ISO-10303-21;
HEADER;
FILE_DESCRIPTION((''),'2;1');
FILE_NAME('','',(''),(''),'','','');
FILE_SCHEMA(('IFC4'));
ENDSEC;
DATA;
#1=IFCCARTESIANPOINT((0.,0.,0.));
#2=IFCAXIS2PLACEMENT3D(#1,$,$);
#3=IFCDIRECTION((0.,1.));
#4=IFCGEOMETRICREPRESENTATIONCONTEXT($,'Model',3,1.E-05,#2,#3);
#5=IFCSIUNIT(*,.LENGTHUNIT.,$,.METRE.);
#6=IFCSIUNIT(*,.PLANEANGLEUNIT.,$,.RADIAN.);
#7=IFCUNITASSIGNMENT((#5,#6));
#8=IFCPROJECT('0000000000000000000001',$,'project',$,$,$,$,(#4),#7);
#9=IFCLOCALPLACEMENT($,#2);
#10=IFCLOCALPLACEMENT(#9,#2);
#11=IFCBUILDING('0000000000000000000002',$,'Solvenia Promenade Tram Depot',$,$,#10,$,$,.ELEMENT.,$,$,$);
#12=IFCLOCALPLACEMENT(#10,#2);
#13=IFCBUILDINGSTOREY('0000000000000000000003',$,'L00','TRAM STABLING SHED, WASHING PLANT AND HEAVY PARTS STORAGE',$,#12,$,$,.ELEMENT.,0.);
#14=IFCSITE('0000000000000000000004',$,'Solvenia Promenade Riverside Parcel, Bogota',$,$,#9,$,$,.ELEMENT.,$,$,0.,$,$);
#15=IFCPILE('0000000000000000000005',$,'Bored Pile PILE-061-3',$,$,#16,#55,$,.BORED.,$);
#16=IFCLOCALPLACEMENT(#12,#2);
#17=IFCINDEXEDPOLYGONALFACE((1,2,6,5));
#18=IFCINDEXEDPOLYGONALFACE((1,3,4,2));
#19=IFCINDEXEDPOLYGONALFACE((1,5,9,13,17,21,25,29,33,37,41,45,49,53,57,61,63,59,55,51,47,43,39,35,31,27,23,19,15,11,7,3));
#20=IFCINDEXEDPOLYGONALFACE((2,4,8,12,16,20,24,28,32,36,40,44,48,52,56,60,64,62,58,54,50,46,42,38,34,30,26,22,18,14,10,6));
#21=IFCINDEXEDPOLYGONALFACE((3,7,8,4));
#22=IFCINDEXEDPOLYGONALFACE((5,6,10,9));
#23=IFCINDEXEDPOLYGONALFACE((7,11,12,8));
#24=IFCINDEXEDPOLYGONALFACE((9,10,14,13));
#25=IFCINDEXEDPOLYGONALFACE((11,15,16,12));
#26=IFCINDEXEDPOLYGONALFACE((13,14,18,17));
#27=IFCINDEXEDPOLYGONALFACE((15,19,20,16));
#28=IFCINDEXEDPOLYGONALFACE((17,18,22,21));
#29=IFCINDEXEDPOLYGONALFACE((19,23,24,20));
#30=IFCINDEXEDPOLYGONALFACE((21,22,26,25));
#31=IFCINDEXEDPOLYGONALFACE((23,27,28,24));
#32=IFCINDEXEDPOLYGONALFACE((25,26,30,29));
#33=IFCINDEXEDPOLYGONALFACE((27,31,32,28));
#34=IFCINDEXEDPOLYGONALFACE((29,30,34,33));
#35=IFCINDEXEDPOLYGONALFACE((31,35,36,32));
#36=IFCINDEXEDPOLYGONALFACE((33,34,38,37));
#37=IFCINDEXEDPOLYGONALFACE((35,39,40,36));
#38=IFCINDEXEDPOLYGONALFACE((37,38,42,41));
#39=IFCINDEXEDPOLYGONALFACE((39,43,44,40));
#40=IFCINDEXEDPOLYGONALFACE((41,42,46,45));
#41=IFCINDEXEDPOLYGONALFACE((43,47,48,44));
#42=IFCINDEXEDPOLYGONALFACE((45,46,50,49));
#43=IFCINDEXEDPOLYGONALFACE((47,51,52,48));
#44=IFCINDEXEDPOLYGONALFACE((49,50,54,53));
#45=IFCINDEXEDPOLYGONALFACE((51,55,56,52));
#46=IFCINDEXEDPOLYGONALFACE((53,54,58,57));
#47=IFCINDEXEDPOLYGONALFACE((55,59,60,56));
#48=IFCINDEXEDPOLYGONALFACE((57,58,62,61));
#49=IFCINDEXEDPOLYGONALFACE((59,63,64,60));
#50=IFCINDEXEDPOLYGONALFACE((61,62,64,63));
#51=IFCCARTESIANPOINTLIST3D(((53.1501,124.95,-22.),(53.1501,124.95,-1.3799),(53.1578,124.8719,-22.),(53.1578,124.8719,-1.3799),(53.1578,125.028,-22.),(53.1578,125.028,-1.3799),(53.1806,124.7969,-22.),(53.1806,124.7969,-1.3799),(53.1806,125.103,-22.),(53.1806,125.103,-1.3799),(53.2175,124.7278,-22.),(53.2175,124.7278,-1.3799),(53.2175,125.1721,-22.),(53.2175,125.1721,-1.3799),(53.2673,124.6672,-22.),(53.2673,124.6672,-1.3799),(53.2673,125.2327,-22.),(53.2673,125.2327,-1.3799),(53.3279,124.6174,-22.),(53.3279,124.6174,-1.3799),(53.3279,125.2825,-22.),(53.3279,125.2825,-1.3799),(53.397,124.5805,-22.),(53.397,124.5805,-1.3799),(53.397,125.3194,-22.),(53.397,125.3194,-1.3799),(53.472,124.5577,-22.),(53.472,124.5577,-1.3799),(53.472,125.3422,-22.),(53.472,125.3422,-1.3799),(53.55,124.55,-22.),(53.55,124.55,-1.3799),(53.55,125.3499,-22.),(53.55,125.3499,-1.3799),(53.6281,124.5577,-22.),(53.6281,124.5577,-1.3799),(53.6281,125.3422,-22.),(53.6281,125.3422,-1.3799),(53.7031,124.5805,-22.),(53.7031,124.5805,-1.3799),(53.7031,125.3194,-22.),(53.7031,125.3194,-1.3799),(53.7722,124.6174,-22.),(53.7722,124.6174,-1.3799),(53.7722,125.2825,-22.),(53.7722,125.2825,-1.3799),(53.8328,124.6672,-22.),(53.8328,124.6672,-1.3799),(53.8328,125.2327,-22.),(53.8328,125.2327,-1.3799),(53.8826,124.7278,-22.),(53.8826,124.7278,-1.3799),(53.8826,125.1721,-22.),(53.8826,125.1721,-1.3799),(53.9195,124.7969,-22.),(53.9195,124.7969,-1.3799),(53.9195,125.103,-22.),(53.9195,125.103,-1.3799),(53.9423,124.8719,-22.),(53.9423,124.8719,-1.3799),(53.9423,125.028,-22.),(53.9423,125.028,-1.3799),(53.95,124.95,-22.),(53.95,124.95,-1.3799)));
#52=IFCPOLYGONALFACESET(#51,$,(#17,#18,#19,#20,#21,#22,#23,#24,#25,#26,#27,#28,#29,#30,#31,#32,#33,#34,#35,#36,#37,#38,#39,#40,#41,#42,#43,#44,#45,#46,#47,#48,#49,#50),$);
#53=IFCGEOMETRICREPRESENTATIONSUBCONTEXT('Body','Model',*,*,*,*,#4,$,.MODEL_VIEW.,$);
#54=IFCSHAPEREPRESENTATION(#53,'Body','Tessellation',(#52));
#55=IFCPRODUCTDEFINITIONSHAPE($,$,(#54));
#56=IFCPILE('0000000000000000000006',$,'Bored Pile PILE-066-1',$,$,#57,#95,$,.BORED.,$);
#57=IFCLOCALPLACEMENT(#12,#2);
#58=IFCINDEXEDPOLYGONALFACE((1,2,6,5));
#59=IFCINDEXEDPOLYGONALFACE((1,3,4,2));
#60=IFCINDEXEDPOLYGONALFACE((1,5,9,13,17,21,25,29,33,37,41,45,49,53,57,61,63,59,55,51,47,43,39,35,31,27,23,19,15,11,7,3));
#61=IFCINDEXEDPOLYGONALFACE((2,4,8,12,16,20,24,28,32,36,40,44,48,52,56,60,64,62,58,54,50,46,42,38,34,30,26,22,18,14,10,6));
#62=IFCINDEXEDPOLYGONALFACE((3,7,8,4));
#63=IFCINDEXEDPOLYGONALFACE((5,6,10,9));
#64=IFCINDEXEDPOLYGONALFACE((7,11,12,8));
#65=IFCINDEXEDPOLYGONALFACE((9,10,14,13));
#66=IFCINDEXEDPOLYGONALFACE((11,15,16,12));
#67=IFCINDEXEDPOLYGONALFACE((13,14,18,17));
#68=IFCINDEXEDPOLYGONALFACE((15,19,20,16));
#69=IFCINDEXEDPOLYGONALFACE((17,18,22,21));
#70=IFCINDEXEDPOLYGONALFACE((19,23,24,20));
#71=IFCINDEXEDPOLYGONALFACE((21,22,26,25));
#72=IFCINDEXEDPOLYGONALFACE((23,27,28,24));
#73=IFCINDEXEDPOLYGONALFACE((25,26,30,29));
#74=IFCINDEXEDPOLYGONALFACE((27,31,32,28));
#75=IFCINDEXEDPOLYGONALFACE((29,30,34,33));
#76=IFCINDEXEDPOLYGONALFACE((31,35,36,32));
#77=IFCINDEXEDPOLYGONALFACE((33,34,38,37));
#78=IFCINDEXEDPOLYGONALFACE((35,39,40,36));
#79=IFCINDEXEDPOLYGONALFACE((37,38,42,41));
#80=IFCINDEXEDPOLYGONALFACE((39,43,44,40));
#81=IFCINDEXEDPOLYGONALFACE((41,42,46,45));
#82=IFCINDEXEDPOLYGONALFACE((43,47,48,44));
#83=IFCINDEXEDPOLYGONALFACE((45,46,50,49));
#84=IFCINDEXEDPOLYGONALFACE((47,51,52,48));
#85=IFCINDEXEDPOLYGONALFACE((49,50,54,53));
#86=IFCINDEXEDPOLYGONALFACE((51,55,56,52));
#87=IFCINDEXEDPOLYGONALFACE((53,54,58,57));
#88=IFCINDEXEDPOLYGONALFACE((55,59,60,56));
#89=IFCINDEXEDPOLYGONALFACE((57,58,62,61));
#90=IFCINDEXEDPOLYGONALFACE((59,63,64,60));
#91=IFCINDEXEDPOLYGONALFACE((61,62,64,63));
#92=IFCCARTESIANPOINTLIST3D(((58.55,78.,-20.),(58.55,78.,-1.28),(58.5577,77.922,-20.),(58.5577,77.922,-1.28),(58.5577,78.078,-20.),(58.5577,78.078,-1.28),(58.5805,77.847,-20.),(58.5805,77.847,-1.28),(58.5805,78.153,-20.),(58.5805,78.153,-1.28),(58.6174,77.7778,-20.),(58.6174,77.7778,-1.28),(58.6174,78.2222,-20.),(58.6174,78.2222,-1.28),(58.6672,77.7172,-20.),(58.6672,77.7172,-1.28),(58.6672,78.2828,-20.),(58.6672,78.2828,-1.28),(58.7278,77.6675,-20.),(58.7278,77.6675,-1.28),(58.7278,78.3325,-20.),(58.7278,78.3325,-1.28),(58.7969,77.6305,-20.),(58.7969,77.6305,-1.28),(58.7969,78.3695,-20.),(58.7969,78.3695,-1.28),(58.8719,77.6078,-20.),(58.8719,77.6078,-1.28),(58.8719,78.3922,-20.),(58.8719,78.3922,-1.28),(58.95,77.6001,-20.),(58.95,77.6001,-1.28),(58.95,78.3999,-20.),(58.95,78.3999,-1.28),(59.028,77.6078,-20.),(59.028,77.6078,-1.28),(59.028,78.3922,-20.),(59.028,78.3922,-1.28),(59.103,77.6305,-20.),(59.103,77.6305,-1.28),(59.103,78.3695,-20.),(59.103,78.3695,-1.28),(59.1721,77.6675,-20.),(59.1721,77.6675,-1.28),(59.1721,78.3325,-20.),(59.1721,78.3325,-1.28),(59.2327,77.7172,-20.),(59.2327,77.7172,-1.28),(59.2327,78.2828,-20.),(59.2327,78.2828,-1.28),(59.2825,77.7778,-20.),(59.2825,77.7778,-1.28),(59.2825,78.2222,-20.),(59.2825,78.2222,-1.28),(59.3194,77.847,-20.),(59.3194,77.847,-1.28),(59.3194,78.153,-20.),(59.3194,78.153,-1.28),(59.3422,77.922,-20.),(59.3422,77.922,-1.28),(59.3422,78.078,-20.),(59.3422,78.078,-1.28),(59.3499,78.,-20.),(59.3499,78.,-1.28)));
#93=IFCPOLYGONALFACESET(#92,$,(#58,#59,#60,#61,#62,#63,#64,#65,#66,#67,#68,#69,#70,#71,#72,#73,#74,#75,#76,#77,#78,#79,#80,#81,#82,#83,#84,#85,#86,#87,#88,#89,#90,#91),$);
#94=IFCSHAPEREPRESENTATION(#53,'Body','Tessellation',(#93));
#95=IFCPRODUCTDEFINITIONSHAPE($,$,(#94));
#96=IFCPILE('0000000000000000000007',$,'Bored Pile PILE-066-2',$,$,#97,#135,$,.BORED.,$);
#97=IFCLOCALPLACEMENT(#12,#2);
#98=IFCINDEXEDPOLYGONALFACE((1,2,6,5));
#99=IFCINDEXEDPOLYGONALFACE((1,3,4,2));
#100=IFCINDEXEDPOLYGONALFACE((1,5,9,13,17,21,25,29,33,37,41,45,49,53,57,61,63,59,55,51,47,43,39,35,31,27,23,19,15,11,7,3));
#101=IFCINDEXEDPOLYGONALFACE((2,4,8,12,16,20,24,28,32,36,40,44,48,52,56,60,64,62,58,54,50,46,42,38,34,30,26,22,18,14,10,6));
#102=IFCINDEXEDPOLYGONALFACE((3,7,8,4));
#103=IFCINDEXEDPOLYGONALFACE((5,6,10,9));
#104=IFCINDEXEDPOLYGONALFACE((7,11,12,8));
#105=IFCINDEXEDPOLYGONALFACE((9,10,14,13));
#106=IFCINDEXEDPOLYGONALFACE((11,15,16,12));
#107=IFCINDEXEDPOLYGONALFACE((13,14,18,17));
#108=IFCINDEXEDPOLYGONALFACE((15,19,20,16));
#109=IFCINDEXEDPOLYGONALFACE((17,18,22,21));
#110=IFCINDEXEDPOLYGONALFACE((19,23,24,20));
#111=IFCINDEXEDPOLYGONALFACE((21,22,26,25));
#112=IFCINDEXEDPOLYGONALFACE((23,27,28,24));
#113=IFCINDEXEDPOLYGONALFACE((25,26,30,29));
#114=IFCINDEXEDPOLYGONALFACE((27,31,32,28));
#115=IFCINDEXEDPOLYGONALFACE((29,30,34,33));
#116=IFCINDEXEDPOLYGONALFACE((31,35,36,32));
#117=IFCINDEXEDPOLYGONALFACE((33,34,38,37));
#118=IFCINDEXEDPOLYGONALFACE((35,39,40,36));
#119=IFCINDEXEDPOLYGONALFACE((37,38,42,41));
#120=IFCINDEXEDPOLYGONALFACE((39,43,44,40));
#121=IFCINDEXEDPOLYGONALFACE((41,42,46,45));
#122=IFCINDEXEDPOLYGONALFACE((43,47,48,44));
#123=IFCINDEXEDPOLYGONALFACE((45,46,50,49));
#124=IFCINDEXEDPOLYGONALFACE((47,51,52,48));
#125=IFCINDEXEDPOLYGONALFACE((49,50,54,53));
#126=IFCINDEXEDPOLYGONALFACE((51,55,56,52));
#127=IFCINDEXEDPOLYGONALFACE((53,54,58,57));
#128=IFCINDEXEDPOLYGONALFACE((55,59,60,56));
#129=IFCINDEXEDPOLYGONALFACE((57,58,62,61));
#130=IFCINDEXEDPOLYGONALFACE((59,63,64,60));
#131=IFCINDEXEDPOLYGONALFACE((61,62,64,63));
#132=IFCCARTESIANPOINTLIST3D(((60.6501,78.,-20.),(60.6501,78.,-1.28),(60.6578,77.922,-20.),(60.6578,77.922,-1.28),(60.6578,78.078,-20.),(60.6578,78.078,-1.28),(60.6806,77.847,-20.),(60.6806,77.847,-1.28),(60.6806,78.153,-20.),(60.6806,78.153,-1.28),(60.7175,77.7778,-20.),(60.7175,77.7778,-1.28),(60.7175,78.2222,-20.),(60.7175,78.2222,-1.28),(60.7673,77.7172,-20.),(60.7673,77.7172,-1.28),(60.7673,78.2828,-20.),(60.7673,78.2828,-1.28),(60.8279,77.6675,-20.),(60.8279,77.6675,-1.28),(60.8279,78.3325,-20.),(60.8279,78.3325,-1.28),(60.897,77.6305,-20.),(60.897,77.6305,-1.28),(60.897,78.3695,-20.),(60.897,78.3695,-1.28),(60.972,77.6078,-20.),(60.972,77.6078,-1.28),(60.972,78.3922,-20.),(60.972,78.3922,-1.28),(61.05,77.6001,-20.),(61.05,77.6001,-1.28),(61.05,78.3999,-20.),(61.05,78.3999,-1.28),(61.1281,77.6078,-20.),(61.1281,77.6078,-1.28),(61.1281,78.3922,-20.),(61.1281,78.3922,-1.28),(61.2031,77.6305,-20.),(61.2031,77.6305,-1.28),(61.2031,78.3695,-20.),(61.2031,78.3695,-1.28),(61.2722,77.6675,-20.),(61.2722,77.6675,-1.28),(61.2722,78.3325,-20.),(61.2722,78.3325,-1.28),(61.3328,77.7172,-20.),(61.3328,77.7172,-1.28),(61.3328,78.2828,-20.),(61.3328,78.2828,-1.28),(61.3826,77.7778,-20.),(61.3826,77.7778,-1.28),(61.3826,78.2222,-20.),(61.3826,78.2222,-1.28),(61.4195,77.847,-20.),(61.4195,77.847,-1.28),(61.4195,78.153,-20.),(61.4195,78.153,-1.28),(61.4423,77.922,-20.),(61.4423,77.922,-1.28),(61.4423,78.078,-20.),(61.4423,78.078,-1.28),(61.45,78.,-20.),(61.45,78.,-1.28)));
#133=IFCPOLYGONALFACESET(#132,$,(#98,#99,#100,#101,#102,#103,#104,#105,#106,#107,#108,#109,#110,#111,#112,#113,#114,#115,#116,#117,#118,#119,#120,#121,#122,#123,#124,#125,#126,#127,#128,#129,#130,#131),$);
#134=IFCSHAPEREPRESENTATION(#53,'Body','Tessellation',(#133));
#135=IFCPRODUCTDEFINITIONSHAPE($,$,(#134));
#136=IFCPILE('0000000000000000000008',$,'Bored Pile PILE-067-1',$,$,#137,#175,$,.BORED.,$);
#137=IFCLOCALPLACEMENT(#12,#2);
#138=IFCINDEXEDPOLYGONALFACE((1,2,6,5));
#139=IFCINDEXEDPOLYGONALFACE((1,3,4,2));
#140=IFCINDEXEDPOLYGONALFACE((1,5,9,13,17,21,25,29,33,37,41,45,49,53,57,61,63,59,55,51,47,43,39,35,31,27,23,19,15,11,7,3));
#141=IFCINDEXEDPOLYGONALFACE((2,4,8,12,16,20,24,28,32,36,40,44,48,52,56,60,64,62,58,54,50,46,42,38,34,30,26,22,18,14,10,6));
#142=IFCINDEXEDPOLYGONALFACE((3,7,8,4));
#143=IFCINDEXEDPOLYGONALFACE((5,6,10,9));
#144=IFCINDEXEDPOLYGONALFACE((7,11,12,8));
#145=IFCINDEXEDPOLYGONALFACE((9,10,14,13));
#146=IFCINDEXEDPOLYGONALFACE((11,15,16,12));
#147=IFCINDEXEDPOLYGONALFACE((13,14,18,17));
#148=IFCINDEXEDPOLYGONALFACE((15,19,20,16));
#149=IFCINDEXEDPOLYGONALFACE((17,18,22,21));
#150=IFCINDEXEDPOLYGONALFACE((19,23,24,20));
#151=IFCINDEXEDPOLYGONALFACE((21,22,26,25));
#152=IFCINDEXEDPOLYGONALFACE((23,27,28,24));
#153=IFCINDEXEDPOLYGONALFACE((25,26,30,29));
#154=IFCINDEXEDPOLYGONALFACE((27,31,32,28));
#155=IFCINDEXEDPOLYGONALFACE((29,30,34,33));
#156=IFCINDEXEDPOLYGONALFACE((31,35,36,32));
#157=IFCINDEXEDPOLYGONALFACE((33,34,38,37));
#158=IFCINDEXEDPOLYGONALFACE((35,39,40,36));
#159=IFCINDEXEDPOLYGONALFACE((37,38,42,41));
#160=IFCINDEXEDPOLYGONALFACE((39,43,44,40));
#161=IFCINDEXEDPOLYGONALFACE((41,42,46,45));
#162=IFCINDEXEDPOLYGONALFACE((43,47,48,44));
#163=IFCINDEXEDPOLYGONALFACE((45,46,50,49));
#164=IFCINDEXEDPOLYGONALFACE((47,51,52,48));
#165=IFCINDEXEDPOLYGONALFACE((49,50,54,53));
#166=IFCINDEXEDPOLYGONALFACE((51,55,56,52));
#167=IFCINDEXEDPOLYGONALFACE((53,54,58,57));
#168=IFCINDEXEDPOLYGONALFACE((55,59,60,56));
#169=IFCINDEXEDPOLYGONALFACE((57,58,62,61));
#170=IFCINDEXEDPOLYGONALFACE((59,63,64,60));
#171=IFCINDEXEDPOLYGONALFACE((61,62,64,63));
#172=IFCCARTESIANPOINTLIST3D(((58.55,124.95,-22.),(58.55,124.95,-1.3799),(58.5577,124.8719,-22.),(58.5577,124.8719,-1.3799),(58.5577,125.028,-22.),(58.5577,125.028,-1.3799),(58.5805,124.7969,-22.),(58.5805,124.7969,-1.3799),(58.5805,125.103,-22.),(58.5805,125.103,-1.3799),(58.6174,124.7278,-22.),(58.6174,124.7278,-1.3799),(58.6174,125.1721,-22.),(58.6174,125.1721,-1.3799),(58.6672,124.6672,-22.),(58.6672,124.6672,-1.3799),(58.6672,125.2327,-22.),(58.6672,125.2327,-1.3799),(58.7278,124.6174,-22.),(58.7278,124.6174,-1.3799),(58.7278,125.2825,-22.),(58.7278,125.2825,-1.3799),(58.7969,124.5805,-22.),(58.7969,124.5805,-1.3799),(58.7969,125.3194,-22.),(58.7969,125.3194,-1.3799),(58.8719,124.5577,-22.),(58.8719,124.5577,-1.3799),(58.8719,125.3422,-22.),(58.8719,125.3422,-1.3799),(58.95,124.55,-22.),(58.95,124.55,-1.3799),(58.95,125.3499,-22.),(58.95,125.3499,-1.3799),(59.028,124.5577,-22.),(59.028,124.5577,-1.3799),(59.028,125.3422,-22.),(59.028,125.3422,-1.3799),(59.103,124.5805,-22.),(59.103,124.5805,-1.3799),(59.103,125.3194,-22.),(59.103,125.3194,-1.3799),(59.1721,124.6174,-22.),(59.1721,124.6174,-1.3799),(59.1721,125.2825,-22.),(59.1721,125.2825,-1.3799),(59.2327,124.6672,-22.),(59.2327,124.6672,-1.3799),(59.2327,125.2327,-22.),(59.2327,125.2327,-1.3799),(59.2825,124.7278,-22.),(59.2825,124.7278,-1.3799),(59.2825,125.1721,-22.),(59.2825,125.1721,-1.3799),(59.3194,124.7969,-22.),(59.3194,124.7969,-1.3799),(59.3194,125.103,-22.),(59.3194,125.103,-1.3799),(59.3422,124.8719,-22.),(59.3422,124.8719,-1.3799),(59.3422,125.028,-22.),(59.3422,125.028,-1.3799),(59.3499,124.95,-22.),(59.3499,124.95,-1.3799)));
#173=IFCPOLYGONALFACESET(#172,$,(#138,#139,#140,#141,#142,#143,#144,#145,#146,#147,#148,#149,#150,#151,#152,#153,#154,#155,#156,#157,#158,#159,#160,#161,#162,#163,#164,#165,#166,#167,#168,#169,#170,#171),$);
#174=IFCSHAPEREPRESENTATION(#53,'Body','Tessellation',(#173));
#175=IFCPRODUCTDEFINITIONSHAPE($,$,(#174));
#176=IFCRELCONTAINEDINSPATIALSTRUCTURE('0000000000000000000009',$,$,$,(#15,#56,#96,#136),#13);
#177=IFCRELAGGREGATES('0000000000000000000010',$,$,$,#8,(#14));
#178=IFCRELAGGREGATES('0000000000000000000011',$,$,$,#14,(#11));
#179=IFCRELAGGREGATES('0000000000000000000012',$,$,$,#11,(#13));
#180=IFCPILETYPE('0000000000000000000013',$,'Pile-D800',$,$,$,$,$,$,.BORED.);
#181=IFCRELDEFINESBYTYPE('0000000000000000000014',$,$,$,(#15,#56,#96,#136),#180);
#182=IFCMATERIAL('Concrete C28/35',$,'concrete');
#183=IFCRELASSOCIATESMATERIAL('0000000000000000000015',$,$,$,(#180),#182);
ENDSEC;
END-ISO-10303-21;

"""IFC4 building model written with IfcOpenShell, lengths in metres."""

from ifc_helpers import new_model, si_unit, direction, frame, origin, origin_2d, place, context, subcontext, project, spatial, circle, extrude, material, material_profile, profile_set, type_object, element, save


model = new_model("IFC4")

# Units and contexts
model_context = context("Model", 3, precision=1e-05, world=origin(), true_north=direction((0.0, 1.0)))
body_context = subcontext(model_context, "Body", "Model", "MODEL_VIEW")
ifc_project = project(units=[si_unit("LENGTHUNIT", "METRE"), si_unit("PLANEANGLEUNIT", "RADIAN")], contexts=[model_context])

# Site, building, storey
site_placement = place(None, origin())
site = spatial("IfcSite", under=ifc_project, at=site_placement, Name="Solvenia Promenade Riverside Parcel, Bogota", CompositionType="ELEMENT", RefElevation=0.0)
building_placement = place(site_placement, origin())
building = spatial("IfcBuilding", under=site, at=building_placement, Name="Solvenia Promenade Tram Depot", CompositionType="ELEMENT")
storey_placement = place(building_placement, origin())
storey = spatial("IfcBuildingStorey", under=building, at=storey_placement, Name="L00", Description="TRAM STABLING SHED, WASHING PLANT AND HEAVY PARTS STORAGE", CompositionType="ELEMENT", Elevation=0.0)

# Shared definitions
ifc_material_1 = material(Name="Concrete C28/35", Category="concrete")

# Piles
ifc_material_profile_1 = material_profile(ifc_material_1, circle(Radius=0.3999, at=origin_2d()), Name="D800", Category="concrete")
ifc_profile_set_1 = profile_set([ifc_material_profile_1], Name="Concrete C28/35")
pile_type = type_object("IfcPileType", Name="Pile-D800", PredefinedType="BORED", material=ifc_profile_set_1)
for number, where, z_axis, x_axis, name in (
    (1, (53.55, 124.95, -1.3799), (0.0, 0.0, -1.0), (1.0, 0.0, 0.0), "Bored Pile PILE-061-3"),
):
    element("IfcPile", number, at=place(storey_placement, frame(where, z_axis=z_axis, x_axis=x_axis)), inside=storey, type_object=pile_type, Name=name, PredefinedType="BORED", context=body_context, shape_type="SweptSolid", body=[
        extrude(circle(Radius=0.3999, at=origin_2d()), origin(), (0.0, 0.0, 1.0), 20.6201),
    ])
for number, where, z_axis, x_axis, name in (
    (2, (58.95, 78.0, -1.28), (0.0, 0.0, -1.0), (1.0, 0.0, 0.0), "Bored Pile PILE-066-1"),
    (3, (61.05, 78.0, -1.28), (0.0, 0.0, -1.0), (1.0, 0.0, 0.0), "Bored Pile PILE-066-2"),
):
    element("IfcPile", number, at=place(storey_placement, frame(where, z_axis=z_axis, x_axis=x_axis)), inside=storey, type_object=pile_type, Name=name, PredefinedType="BORED", context=body_context, shape_type="SweptSolid", body=[
        extrude(circle(Radius=0.3999, at=origin_2d()), origin(), (0.0, 0.0, 1.0), 18.72),
    ])
for number, where, z_axis, x_axis, name in (
    (4, (58.95, 124.95, -1.3799), (0.0, 0.0, -1.0), (1.0, 0.0, 0.0), "Bored Pile PILE-067-1"),
):
    element("IfcPile", number, at=place(storey_placement, frame(where, z_axis=z_axis, x_axis=x_axis)), inside=storey, type_object=pile_type, Name=name, PredefinedType="BORED", context=body_context, shape_type="SweptSolid", body=[
        extrude(circle(Radius=0.3999, at=origin_2d()), origin(), (0.0, 0.0, 1.0), 20.6201),
    ])

save(model, "model.ifc")
